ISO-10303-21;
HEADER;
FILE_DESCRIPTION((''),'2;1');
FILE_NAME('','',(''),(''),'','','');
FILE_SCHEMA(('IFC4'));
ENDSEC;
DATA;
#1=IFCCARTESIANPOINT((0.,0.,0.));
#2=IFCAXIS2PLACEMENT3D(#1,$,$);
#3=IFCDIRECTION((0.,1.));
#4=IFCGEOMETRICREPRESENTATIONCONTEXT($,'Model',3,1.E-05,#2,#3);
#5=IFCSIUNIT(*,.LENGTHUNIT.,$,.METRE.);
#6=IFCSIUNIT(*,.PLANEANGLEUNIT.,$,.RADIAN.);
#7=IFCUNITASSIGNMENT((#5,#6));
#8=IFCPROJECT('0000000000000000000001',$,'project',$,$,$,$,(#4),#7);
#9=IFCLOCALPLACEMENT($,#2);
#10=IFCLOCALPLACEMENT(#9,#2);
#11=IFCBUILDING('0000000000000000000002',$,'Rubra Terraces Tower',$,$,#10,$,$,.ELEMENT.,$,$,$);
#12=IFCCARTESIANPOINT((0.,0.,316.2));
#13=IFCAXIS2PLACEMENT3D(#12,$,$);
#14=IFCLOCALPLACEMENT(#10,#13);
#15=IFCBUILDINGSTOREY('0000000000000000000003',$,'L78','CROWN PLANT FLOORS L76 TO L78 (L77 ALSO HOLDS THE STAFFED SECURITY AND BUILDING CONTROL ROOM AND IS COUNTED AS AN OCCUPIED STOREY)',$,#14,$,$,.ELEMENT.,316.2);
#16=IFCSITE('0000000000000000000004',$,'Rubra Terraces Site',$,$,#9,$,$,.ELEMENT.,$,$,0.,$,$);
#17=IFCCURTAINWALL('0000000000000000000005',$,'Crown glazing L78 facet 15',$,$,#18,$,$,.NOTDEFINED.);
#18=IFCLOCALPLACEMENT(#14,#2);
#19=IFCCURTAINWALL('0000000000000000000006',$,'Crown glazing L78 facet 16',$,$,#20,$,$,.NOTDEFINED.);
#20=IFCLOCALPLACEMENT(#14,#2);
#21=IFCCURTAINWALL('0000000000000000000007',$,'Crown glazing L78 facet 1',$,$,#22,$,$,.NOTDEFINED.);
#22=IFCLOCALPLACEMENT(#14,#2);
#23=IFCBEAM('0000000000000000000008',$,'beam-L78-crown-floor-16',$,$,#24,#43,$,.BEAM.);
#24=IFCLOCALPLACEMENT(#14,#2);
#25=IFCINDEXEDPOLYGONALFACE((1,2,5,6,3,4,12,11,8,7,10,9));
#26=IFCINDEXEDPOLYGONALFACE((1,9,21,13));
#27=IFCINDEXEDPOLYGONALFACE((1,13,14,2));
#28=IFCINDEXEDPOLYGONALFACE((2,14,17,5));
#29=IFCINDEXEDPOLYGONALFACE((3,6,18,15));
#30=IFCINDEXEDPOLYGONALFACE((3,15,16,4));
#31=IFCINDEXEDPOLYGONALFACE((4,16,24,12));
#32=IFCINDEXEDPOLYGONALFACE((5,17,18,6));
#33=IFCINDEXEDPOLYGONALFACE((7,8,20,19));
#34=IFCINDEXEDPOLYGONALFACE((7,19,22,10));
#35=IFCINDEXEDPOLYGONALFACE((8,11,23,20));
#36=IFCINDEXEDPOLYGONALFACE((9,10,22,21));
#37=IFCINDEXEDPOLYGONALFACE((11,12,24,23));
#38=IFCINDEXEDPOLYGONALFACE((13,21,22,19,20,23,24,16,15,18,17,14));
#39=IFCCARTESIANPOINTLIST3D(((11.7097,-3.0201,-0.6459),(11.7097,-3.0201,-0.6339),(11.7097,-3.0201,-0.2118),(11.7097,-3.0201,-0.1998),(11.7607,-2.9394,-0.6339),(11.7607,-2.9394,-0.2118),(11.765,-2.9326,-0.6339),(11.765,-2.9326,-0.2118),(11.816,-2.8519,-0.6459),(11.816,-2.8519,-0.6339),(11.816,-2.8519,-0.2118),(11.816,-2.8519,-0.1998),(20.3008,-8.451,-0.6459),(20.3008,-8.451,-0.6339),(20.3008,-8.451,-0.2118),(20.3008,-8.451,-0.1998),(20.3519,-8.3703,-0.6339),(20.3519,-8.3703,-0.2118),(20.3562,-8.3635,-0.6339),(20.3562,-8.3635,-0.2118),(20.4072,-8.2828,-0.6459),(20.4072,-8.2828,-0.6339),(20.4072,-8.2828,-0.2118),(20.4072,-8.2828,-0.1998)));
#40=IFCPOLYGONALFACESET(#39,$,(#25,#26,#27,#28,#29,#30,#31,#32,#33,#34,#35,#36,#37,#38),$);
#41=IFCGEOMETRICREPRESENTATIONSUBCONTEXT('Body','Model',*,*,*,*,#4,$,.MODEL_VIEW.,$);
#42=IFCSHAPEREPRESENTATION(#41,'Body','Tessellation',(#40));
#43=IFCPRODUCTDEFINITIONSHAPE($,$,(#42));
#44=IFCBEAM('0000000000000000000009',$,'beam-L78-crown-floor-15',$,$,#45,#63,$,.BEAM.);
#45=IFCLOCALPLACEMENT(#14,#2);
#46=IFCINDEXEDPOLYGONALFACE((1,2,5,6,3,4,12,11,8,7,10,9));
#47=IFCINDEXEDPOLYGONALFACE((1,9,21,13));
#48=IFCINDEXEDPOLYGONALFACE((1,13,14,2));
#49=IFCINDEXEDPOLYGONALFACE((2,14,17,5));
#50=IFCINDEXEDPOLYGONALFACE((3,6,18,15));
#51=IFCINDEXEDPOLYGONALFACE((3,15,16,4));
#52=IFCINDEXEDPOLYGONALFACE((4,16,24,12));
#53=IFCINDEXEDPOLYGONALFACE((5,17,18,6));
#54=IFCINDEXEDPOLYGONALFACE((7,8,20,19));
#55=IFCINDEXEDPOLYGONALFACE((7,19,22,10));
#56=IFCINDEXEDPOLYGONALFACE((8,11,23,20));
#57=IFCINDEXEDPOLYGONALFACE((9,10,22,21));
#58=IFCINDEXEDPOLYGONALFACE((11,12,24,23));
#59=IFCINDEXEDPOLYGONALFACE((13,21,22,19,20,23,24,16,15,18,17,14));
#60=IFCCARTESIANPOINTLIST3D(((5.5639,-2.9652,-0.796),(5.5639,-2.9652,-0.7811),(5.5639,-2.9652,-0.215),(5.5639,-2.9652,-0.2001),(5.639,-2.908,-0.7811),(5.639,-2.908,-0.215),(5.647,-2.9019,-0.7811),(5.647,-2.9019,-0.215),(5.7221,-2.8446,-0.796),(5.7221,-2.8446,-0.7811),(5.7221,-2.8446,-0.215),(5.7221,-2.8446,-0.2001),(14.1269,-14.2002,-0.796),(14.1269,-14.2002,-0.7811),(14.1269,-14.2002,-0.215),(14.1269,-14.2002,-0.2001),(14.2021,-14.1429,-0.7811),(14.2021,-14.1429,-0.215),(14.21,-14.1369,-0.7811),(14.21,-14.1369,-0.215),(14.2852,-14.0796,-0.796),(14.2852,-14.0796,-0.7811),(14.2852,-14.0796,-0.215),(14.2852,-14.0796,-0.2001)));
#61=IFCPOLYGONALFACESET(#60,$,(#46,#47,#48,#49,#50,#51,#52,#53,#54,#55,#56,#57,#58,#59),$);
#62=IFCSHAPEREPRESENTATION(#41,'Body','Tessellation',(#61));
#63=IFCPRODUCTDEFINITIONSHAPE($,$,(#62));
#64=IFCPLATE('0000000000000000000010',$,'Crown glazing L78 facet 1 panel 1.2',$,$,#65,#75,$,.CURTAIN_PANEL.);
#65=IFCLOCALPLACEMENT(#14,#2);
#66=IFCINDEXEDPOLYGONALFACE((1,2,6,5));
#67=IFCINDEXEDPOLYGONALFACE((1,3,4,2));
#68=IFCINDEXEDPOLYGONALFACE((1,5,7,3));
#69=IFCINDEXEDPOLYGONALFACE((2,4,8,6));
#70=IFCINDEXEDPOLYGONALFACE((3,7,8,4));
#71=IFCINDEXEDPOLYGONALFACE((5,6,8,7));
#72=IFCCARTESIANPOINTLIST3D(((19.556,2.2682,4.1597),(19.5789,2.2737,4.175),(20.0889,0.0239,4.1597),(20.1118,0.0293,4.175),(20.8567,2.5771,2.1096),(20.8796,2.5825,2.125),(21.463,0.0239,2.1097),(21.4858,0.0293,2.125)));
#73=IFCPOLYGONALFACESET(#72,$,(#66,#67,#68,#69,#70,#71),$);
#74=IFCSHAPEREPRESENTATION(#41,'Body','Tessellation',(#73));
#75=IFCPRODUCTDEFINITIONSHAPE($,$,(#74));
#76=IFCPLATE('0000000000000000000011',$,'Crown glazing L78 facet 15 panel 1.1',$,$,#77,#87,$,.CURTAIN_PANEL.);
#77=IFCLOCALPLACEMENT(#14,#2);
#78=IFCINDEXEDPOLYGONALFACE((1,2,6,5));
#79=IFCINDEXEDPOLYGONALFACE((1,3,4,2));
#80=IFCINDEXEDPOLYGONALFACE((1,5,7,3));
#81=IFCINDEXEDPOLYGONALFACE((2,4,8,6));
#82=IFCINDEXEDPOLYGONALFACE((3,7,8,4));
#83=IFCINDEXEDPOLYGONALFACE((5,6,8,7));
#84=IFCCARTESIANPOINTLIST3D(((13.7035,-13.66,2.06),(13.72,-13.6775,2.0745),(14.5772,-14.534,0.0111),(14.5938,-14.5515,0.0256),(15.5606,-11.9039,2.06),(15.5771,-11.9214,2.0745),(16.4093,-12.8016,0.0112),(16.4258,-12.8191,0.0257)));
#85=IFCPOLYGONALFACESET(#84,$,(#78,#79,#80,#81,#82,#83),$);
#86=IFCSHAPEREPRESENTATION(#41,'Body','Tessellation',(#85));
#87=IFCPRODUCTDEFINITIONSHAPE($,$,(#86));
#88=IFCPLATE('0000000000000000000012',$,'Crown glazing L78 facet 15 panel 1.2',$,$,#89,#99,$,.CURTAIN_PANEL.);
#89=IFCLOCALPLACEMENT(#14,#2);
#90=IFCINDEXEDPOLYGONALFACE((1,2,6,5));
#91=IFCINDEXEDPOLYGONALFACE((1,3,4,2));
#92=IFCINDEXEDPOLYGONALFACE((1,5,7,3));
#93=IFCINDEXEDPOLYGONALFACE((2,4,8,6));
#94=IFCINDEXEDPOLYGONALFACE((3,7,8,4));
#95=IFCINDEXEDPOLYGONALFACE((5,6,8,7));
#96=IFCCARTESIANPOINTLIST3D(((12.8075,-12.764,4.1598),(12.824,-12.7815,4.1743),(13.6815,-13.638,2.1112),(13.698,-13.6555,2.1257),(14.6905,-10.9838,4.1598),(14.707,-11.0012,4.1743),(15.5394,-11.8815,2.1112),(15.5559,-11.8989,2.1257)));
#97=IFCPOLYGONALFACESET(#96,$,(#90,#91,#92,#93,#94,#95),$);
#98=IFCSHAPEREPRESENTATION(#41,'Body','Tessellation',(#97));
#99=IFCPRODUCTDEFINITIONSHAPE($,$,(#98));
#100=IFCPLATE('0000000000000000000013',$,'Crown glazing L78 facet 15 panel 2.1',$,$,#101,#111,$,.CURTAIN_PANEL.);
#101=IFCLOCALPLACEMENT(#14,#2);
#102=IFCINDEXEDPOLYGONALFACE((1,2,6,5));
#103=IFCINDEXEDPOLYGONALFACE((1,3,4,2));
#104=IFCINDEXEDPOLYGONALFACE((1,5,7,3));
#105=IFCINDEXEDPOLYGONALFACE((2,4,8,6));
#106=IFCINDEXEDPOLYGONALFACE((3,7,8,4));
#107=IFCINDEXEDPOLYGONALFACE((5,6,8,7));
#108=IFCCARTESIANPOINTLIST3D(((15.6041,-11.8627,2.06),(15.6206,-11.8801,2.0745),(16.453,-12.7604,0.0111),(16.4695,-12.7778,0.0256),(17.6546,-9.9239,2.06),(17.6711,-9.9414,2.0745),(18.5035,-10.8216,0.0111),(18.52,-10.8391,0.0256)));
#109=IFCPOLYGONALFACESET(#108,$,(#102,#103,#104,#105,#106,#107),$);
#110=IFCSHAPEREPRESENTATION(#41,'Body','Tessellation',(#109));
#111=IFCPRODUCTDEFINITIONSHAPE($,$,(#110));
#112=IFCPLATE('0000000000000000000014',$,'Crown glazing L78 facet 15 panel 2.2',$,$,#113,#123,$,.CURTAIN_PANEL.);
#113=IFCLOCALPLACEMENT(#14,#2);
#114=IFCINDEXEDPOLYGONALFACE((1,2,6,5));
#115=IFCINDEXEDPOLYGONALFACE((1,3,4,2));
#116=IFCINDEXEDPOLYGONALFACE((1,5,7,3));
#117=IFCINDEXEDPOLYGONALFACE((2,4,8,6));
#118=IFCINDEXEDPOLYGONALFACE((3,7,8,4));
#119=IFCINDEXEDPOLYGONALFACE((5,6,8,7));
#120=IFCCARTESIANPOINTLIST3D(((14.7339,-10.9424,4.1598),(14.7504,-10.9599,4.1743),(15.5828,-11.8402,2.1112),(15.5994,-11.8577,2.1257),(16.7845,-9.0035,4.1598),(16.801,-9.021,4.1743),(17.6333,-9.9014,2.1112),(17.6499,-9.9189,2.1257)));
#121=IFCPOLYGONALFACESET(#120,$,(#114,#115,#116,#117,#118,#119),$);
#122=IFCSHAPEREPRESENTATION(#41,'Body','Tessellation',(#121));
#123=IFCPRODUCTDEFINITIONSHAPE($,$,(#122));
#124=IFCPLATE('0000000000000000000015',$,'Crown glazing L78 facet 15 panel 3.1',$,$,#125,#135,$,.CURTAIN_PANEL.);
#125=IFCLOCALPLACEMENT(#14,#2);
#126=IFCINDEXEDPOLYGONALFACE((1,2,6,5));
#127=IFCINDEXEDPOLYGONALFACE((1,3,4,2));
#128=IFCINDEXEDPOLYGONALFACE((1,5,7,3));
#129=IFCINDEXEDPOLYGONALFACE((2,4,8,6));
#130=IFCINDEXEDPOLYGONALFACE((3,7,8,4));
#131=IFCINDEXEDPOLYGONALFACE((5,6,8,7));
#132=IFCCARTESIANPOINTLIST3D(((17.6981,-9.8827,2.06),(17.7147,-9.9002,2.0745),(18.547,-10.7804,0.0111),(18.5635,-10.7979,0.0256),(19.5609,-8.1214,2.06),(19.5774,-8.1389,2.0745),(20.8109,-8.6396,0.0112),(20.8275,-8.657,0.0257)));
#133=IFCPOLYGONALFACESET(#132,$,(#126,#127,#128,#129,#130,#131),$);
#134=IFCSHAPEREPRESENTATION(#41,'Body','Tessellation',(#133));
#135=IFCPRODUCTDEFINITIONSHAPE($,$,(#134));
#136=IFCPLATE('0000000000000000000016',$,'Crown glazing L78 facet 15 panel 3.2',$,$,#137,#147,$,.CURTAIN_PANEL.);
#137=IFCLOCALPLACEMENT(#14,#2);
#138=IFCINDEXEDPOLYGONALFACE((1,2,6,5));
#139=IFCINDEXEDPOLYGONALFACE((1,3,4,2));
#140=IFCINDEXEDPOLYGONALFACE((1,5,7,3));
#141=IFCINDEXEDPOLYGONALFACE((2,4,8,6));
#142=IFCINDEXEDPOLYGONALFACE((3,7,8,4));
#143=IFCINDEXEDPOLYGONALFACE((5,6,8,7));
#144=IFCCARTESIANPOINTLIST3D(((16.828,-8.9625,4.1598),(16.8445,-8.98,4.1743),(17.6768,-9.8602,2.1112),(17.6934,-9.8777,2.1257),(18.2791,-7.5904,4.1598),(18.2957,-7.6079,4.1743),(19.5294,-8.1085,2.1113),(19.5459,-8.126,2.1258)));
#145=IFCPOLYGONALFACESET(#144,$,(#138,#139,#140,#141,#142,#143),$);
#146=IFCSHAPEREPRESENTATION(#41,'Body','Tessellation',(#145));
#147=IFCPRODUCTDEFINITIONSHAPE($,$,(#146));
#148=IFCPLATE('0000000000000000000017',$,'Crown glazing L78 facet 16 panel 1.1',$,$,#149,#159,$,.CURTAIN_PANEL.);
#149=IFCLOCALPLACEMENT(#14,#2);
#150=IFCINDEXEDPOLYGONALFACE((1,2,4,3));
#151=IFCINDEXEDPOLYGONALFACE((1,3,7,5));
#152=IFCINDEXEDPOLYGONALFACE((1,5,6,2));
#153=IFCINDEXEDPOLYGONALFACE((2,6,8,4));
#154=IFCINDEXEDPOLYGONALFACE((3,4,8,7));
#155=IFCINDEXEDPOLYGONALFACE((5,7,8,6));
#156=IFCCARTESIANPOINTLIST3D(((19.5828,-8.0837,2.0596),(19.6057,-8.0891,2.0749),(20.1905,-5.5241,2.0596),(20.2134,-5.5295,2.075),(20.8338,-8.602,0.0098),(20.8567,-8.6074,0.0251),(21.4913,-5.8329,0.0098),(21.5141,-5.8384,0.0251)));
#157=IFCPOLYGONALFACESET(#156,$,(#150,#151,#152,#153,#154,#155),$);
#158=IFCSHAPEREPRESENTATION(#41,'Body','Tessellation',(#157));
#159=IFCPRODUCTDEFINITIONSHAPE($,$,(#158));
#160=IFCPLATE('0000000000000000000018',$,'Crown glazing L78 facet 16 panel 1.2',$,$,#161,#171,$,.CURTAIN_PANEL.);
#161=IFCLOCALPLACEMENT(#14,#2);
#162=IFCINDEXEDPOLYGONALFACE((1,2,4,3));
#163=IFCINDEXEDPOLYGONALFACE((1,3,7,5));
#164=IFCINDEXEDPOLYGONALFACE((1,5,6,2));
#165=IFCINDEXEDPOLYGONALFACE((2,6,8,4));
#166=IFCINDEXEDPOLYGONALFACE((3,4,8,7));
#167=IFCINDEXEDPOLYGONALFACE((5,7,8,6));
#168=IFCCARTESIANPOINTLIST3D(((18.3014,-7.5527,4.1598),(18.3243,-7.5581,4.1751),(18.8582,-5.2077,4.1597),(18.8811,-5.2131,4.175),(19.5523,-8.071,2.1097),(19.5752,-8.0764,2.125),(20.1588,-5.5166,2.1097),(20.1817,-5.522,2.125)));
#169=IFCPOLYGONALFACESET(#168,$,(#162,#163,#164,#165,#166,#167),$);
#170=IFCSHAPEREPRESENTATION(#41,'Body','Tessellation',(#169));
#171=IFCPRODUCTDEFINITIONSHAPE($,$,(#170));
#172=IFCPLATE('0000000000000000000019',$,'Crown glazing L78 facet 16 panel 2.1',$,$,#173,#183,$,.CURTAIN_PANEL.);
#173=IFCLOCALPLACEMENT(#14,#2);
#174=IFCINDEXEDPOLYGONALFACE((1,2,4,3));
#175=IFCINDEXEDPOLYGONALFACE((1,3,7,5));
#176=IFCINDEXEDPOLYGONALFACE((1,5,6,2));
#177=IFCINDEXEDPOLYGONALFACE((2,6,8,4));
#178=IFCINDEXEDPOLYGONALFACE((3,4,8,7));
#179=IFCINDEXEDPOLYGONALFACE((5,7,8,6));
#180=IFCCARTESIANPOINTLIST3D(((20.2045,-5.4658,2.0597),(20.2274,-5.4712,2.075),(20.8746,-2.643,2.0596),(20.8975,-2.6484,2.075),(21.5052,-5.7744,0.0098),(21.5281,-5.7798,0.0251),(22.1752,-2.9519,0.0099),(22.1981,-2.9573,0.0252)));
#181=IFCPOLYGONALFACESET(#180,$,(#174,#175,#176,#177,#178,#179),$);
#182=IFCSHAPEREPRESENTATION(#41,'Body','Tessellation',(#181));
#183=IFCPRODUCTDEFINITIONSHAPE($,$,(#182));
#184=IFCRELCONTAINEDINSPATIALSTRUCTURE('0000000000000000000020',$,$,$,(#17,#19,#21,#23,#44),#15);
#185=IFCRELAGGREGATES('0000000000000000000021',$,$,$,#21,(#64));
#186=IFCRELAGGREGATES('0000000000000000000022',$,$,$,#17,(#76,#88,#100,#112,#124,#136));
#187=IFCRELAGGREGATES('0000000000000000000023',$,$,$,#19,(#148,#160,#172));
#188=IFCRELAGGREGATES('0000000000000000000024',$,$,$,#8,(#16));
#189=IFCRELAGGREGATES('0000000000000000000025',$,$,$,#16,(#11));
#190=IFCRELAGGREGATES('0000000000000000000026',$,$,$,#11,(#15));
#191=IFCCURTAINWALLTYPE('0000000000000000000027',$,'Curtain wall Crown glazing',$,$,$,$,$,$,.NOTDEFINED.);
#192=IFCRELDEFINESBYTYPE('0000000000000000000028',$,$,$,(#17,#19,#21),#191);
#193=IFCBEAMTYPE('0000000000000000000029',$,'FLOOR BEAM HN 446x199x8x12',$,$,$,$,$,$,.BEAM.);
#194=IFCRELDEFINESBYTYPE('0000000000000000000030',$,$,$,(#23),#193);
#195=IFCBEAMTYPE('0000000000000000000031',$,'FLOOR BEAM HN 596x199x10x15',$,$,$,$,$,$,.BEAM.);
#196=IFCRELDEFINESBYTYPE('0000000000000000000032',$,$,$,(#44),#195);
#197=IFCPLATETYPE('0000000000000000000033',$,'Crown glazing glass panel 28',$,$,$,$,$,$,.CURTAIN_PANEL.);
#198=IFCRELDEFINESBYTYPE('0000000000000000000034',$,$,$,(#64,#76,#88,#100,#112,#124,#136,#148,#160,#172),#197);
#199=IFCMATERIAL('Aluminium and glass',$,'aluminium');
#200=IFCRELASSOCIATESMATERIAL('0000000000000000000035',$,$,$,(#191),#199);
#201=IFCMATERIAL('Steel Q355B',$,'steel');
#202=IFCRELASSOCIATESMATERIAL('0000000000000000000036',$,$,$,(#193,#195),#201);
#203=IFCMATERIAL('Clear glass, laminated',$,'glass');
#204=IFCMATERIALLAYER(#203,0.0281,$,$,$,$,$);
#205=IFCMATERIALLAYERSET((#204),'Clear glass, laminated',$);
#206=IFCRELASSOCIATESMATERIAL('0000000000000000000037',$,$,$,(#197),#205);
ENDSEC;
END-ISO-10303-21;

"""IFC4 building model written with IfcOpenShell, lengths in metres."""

from ifc_helpers import new_model, si_unit, direction, frame, origin, origin_2d, place, context, subcontext, project, spatial, polyline, i_section, outline, extrude, material, layer, layer_set, material_profile, profile_set, type_object, element, aggregate, save


model = new_model("IFC4")

# Units and contexts
model_context = context("Model", 3, precision=1e-05, world=origin(), true_north=direction((0.0, 1.0)))
body_context = subcontext(model_context, "Body", "Model", "MODEL_VIEW")
ifc_project = project(units=[si_unit("LENGTHUNIT", "METRE"), si_unit("PLANEANGLEUNIT", "RADIAN")], contexts=[model_context])

# Site, building, storey
site_placement = place(None, origin())
site = spatial("IfcSite", under=ifc_project, at=site_placement, Name="Rubra Terraces Site", CompositionType="ELEMENT", RefElevation=0.0)
building_placement = place(site_placement, origin())
building = spatial("IfcBuilding", under=site, at=building_placement, Name="Rubra Terraces Tower", CompositionType="ELEMENT")
storey_placement = place(building_placement, frame((0.0, 0.0, 316.2)))
storey = spatial("IfcBuildingStorey", under=building, at=storey_placement, Name="L78", Description="CROWN PLANT FLOORS L76 TO L78 (L77 ALSO HOLDS THE STAFFED SECURITY AND BUILDING CONTROL ROOM AND IS COUNTED AS AN OCCUPIED STOREY)", CompositionType="ELEMENT", Elevation=316.2)

# Shared definitions
ifc_material_1 = material(Name="Steel Q355B", Category="steel")

# Curtain walls
ifc_material_2 = material(Name="Aluminium and glass", Category="aluminium")
curtain_wall_type = type_object("IfcCurtainWallType", Name="Curtain wall Crown glazing", PredefinedType="NOTDEFINED", material=ifc_material_2)
curtain_wall_1_placement = place(storey_placement, origin())
curtain_wall_1 = element("IfcCurtainWall", 1, at=curtain_wall_1_placement, inside=storey, type_object=curtain_wall_type, Name="Crown glazing L78 facet 15", PredefinedType="NOTDEFINED")
curtain_wall_2_placement = place(storey_placement, origin())
curtain_wall_2 = element("IfcCurtainWall", 2, at=curtain_wall_2_placement, inside=storey, type_object=curtain_wall_type, Name="Crown glazing L78 facet 16", PredefinedType="NOTDEFINED")
curtain_wall_3_placement = place(storey_placement, origin())
curtain_wall_3 = element("IfcCurtainWall", 3, at=curtain_wall_3_placement, inside=storey, type_object=curtain_wall_type, Name="Crown glazing L78 facet 1", PredefinedType="NOTDEFINED")

# Beams
ifc_material_profile_1 = material_profile(ifc_material_1, i_section(OverallWidth=0.199, OverallDepth=0.446, WebThickness=0.0081, FlangeThickness=0.012, at=origin_2d()), Name="HN 446x199x8x12")
ifc_profile_set_1 = profile_set([ifc_material_profile_1], Name="Steel Q355B")
beam_type_1 = type_object("IfcBeamType", Name="FLOOR BEAM HN 446x199x8x12", PredefinedType="BEAM", material=ifc_profile_set_1)
beam_1_placement = place(storey_placement, frame((20.354, -8.3669, -0.4229), z_axis=(-0.845268, 0.534343, 0.0), x_axis=(-0.534343, -0.845268, 0.0)))
element("IfcBeam", 4, at=beam_1_placement, inside=storey, type_object=beam_type_1, Name="beam-L78-crown-floor-16", PredefinedType="BEAM", context=body_context, shape_type="SweptSolid", body=[
    extrude(i_section(OverallWidth=0.199, OverallDepth=0.446, WebThickness=0.0081, FlangeThickness=0.012, at=origin_2d()), origin(), (0.0, 0.0, 1.0), 10.1638),
])
ifc_material_profile_2 = material_profile(ifc_material_1, i_section(OverallWidth=0.199, OverallDepth=0.5959, WebThickness=0.01, FlangeThickness=0.0149, at=origin_2d()), Name="HN 596x199x10x15")
ifc_profile_set_2 = profile_set([ifc_material_profile_2], Name="Steel Q355B")
beam_type_2 = type_object("IfcBeamType", Name="FLOOR BEAM HN 596x199x10x15", PredefinedType="BEAM", material=ifc_profile_set_2)
beam_2_placement = place(storey_placement, frame((14.2061, -14.1399, -0.498), z_axis=(-0.606182, 0.795326, 0.0), x_axis=(-0.795326, -0.606182, 0.0)))
element("IfcBeam", 5, at=beam_2_placement, inside=storey, type_object=beam_type_2, Name="beam-L78-crown-floor-15", PredefinedType="BEAM", context=body_context, shape_type="SweptSolid", body=[
    extrude(i_section(OverallWidth=0.199, OverallDepth=0.5959, WebThickness=0.01, FlangeThickness=0.0149, at=origin_2d()), origin(), (0.0, 0.0, 1.0), 14.1262),
])

# Plates
ifc_material_3 = material(Name="Clear glass, laminated", Category="glass")
ifc_layer_1 = layer(ifc_material_3, 0.0281)
ifc_layer_set_1 = layer_set([ifc_layer_1], Name="Clear glass, laminated")
plate_type = type_object("IfcPlateType", Name="Crown glazing glass panel 28", PredefinedType="CURTAIN_PANEL", material=ifc_layer_set_1)
plate_1_placement = place(storey_placement, frame((21.4858, 0.0293, 2.125), z_axis=(0.814969, 0.193509, 0.546242), x_axis=(-0.231015, 0.97295, -0.000008)))
plate_1 = element("IfcPlate", 6, at=plate_1_placement, type_object=plate_type, Name="Crown glazing L78 facet 1 panel 1.2", PredefinedType="CURTAIN_PANEL", context=body_context, shape_type="SweptSolid", body=[
    extrude(outline(polyline([(0.0, 0.0), (2.6242, 0.0), (2.6242, 2.4475), (0.3174, 2.4474), (0.0, 0.0)])), origin(), (0.0, 0.0, -1.0), 0.0281),
])
aggregate(curtain_wall_3, [plate_1])
plate_2_placement = place(storey_placement, frame((14.5938, -14.5515, 0.0256), z_axis=(0.588385, -0.622233, 0.516361), x_axis=(0.72659, 0.687071, 0.000006)))
plate_2 = element("IfcPlate", 7, at=plate_2_placement, type_object=plate_type, Name="Crown glazing L78 facet 15 panel 1.1", PredefinedType="CURTAIN_PANEL", context=body_context, shape_type="SweptSolid", body=[
    extrude(outline(polyline([(0.0, 0.0), (2.5214, 0.0), (2.5216, 2.3924), (-0.0344, 2.3925), (0.0, 0.0)])), origin(), (0.0, 0.0, -1.0), 0.0281),
])
plate_3_placement = place(storey_placement, frame((13.698, -13.6555, 2.1257), z_axis=(0.588293, -0.622241, 0.516457), x_axis=(0.726649, 0.687009, 0.000006)))
plate_3 = element("IfcPlate", 8, at=plate_3_placement, type_object=plate_type, Name="Crown glazing L78 facet 15 panel 1.2", PredefinedType="CURTAIN_PANEL", context=body_context, shape_type="SweptSolid", body=[
    extrude(outline(polyline([(0.0, 0.0), (2.5568, 0.0), (2.5568, 2.3923), (-0.0346, 2.3923), (0.0, 0.0)])), origin(), (0.0, 0.0, -1.0), 0.0281),
])
plate_4_placement = place(storey_placement, frame((16.4695, -12.7778, 0.0256), z_axis=(0.588325, -0.622257, 0.516402), x_axis=(0.726641, 0.687017, 0.0)))
plate_4 = element("IfcPlate", 9, at=plate_4_placement, type_object=plate_type, Name="Crown glazing L78 facet 15 panel 2.1", PredefinedType="CURTAIN_PANEL", context=body_context, shape_type="SweptSolid", body=[
    extrude(outline(polyline([(0.0, 0.0), (2.8219, 0.0), (2.8218, 2.3925), (-0.0001, 2.3925), (0.0, 0.0)])), origin(), (0.0, 0.0, -1.0), 0.0281),
])
plate_5_placement = place(storey_placement, frame((15.5994, -11.8577, 2.1257), z_axis=(0.588314, -0.622206, 0.516474), x_axis=(0.726625, 0.687034, -0.000014)))
plate_5 = element("IfcPlate", 10, at=plate_5_placement, type_object=plate_type, Name="Crown glazing L78 facet 15 panel 2.2", PredefinedType="CURTAIN_PANEL", context=body_context, shape_type="SweptSolid", body=[
    extrude(outline(polyline([(0.0, 0.0), (2.8219, 0.0), (2.822, 2.3924), (-0.0001, 2.3923), (0.0, 0.0)])), origin(), (0.0, 0.0, -1.0), 0.0281),
])
plate_6_placement = place(storey_placement, frame((18.5635, -10.7979, 0.0256), z_axis=(0.588374, -0.622242, 0.516363), x_axis=(0.726597, 0.687064, 0.000018)))
plate_6 = element("IfcPlate", 11, at=plate_6_placement, type_object=plate_type, Name="Crown glazing L78 facet 15 panel 3.1", PredefinedType="CURTAIN_PANEL", context=body_context, shape_type="SweptSolid", body=[
    extrude(outline(polyline([(0.0, 0.0), (3.1159, 0.0), (2.5636, 2.3924), (0.0, 2.3925), (0.0, 0.0)])), origin(), (0.0, 0.0, -1.0), 0.0281),
])
plate_7_placement = place(storey_placement, frame((17.6934, -9.8777, 2.1257), z_axis=(0.588334, -0.622222, 0.516432), x_axis=(0.726613, 0.687046, 0.000008)))
plate_7 = element("IfcPlate", 12, at=plate_7_placement, type_object=plate_type, Name="Crown glazing L78 facet 15 panel 3.2", PredefinedType="CURTAIN_PANEL", context=body_context, shape_type="SweptSolid", body=[
    extrude(outline(polyline([(0.0, 0.0), (2.5496, 0.0), (1.9971, 2.3923), (0.0, 2.3923), (0.0, 0.0)])), origin(), (0.0, 0.0, -1.0), 0.0281),
])
aggregate(curtain_wall_1, [plate_2, plate_3, plate_4, plate_5, plate_6, plate_7])
plate_8_placement = place(storey_placement, frame((20.8567, -8.6074, 0.0251), z_axis=(0.814942, -0.193486, 0.54629), x_axis=(0.231005, 0.972952, -0.000006)))
plate_8 = element("IfcPlate", 13, at=plate_8_placement, type_object=plate_type, Name="Crown glazing L78 facet 16 panel 1.1", PredefinedType="CURTAIN_PANEL", context=body_context, shape_type="SweptSolid", body=[
    extrude(outline(polyline([(0.0, 0.0), (2.846, 0.0), (2.846, 2.4473), (0.2153, 2.4472), (0.0, 0.0)])), origin(), (0.0, 0.0, -1.0), 0.0281),
])
plate_9_placement = place(storey_placement, frame((19.5752, -8.0764, 2.125), z_axis=(0.814989, -0.193513, 0.546211), x_axis=(0.23101, 0.972951, 0.000015)))
plate_9 = element("IfcPlate", 14, at=plate_9_placement, type_object=plate_type, Name="Crown glazing L78 facet 16 panel 1.2", PredefinedType="CURTAIN_PANEL", context=body_context, shape_type="SweptSolid", body=[
    extrude(outline(polyline([(0.0, 0.0), (2.6254, 0.0), (2.6255, 2.4473), (0.2153, 2.4474), (0.0, 0.0)])), origin(), (0.0, 0.0, -1.0), 0.0281),
])
plate_10_placement = place(storey_placement, frame((21.5281, -5.7798, 0.0251), z_axis=(0.81497, -0.19346, 0.546258), x_axis=(0.230955, 0.972964, 0.000014)))
plate_10 = element("IfcPlate", 15, at=plate_10_placement, type_object=plate_type, Name="Crown glazing L78 facet 16 panel 2.1", PredefinedType="CURTAIN_PANEL", context=body_context, shape_type="SweptSolid", body=[
    extrude(outline(polyline([(0.0, 0.0), (2.9009, 0.0), (2.9011, 2.4471), (-0.0001, 2.4472), (0.0, 0.0)])), origin(), (0.0, 0.0, -1.0), 0.0281),
])
aggregate(curtain_wall_2, [plate_8, plate_9, plate_10])

save(model, "model.ifc")
